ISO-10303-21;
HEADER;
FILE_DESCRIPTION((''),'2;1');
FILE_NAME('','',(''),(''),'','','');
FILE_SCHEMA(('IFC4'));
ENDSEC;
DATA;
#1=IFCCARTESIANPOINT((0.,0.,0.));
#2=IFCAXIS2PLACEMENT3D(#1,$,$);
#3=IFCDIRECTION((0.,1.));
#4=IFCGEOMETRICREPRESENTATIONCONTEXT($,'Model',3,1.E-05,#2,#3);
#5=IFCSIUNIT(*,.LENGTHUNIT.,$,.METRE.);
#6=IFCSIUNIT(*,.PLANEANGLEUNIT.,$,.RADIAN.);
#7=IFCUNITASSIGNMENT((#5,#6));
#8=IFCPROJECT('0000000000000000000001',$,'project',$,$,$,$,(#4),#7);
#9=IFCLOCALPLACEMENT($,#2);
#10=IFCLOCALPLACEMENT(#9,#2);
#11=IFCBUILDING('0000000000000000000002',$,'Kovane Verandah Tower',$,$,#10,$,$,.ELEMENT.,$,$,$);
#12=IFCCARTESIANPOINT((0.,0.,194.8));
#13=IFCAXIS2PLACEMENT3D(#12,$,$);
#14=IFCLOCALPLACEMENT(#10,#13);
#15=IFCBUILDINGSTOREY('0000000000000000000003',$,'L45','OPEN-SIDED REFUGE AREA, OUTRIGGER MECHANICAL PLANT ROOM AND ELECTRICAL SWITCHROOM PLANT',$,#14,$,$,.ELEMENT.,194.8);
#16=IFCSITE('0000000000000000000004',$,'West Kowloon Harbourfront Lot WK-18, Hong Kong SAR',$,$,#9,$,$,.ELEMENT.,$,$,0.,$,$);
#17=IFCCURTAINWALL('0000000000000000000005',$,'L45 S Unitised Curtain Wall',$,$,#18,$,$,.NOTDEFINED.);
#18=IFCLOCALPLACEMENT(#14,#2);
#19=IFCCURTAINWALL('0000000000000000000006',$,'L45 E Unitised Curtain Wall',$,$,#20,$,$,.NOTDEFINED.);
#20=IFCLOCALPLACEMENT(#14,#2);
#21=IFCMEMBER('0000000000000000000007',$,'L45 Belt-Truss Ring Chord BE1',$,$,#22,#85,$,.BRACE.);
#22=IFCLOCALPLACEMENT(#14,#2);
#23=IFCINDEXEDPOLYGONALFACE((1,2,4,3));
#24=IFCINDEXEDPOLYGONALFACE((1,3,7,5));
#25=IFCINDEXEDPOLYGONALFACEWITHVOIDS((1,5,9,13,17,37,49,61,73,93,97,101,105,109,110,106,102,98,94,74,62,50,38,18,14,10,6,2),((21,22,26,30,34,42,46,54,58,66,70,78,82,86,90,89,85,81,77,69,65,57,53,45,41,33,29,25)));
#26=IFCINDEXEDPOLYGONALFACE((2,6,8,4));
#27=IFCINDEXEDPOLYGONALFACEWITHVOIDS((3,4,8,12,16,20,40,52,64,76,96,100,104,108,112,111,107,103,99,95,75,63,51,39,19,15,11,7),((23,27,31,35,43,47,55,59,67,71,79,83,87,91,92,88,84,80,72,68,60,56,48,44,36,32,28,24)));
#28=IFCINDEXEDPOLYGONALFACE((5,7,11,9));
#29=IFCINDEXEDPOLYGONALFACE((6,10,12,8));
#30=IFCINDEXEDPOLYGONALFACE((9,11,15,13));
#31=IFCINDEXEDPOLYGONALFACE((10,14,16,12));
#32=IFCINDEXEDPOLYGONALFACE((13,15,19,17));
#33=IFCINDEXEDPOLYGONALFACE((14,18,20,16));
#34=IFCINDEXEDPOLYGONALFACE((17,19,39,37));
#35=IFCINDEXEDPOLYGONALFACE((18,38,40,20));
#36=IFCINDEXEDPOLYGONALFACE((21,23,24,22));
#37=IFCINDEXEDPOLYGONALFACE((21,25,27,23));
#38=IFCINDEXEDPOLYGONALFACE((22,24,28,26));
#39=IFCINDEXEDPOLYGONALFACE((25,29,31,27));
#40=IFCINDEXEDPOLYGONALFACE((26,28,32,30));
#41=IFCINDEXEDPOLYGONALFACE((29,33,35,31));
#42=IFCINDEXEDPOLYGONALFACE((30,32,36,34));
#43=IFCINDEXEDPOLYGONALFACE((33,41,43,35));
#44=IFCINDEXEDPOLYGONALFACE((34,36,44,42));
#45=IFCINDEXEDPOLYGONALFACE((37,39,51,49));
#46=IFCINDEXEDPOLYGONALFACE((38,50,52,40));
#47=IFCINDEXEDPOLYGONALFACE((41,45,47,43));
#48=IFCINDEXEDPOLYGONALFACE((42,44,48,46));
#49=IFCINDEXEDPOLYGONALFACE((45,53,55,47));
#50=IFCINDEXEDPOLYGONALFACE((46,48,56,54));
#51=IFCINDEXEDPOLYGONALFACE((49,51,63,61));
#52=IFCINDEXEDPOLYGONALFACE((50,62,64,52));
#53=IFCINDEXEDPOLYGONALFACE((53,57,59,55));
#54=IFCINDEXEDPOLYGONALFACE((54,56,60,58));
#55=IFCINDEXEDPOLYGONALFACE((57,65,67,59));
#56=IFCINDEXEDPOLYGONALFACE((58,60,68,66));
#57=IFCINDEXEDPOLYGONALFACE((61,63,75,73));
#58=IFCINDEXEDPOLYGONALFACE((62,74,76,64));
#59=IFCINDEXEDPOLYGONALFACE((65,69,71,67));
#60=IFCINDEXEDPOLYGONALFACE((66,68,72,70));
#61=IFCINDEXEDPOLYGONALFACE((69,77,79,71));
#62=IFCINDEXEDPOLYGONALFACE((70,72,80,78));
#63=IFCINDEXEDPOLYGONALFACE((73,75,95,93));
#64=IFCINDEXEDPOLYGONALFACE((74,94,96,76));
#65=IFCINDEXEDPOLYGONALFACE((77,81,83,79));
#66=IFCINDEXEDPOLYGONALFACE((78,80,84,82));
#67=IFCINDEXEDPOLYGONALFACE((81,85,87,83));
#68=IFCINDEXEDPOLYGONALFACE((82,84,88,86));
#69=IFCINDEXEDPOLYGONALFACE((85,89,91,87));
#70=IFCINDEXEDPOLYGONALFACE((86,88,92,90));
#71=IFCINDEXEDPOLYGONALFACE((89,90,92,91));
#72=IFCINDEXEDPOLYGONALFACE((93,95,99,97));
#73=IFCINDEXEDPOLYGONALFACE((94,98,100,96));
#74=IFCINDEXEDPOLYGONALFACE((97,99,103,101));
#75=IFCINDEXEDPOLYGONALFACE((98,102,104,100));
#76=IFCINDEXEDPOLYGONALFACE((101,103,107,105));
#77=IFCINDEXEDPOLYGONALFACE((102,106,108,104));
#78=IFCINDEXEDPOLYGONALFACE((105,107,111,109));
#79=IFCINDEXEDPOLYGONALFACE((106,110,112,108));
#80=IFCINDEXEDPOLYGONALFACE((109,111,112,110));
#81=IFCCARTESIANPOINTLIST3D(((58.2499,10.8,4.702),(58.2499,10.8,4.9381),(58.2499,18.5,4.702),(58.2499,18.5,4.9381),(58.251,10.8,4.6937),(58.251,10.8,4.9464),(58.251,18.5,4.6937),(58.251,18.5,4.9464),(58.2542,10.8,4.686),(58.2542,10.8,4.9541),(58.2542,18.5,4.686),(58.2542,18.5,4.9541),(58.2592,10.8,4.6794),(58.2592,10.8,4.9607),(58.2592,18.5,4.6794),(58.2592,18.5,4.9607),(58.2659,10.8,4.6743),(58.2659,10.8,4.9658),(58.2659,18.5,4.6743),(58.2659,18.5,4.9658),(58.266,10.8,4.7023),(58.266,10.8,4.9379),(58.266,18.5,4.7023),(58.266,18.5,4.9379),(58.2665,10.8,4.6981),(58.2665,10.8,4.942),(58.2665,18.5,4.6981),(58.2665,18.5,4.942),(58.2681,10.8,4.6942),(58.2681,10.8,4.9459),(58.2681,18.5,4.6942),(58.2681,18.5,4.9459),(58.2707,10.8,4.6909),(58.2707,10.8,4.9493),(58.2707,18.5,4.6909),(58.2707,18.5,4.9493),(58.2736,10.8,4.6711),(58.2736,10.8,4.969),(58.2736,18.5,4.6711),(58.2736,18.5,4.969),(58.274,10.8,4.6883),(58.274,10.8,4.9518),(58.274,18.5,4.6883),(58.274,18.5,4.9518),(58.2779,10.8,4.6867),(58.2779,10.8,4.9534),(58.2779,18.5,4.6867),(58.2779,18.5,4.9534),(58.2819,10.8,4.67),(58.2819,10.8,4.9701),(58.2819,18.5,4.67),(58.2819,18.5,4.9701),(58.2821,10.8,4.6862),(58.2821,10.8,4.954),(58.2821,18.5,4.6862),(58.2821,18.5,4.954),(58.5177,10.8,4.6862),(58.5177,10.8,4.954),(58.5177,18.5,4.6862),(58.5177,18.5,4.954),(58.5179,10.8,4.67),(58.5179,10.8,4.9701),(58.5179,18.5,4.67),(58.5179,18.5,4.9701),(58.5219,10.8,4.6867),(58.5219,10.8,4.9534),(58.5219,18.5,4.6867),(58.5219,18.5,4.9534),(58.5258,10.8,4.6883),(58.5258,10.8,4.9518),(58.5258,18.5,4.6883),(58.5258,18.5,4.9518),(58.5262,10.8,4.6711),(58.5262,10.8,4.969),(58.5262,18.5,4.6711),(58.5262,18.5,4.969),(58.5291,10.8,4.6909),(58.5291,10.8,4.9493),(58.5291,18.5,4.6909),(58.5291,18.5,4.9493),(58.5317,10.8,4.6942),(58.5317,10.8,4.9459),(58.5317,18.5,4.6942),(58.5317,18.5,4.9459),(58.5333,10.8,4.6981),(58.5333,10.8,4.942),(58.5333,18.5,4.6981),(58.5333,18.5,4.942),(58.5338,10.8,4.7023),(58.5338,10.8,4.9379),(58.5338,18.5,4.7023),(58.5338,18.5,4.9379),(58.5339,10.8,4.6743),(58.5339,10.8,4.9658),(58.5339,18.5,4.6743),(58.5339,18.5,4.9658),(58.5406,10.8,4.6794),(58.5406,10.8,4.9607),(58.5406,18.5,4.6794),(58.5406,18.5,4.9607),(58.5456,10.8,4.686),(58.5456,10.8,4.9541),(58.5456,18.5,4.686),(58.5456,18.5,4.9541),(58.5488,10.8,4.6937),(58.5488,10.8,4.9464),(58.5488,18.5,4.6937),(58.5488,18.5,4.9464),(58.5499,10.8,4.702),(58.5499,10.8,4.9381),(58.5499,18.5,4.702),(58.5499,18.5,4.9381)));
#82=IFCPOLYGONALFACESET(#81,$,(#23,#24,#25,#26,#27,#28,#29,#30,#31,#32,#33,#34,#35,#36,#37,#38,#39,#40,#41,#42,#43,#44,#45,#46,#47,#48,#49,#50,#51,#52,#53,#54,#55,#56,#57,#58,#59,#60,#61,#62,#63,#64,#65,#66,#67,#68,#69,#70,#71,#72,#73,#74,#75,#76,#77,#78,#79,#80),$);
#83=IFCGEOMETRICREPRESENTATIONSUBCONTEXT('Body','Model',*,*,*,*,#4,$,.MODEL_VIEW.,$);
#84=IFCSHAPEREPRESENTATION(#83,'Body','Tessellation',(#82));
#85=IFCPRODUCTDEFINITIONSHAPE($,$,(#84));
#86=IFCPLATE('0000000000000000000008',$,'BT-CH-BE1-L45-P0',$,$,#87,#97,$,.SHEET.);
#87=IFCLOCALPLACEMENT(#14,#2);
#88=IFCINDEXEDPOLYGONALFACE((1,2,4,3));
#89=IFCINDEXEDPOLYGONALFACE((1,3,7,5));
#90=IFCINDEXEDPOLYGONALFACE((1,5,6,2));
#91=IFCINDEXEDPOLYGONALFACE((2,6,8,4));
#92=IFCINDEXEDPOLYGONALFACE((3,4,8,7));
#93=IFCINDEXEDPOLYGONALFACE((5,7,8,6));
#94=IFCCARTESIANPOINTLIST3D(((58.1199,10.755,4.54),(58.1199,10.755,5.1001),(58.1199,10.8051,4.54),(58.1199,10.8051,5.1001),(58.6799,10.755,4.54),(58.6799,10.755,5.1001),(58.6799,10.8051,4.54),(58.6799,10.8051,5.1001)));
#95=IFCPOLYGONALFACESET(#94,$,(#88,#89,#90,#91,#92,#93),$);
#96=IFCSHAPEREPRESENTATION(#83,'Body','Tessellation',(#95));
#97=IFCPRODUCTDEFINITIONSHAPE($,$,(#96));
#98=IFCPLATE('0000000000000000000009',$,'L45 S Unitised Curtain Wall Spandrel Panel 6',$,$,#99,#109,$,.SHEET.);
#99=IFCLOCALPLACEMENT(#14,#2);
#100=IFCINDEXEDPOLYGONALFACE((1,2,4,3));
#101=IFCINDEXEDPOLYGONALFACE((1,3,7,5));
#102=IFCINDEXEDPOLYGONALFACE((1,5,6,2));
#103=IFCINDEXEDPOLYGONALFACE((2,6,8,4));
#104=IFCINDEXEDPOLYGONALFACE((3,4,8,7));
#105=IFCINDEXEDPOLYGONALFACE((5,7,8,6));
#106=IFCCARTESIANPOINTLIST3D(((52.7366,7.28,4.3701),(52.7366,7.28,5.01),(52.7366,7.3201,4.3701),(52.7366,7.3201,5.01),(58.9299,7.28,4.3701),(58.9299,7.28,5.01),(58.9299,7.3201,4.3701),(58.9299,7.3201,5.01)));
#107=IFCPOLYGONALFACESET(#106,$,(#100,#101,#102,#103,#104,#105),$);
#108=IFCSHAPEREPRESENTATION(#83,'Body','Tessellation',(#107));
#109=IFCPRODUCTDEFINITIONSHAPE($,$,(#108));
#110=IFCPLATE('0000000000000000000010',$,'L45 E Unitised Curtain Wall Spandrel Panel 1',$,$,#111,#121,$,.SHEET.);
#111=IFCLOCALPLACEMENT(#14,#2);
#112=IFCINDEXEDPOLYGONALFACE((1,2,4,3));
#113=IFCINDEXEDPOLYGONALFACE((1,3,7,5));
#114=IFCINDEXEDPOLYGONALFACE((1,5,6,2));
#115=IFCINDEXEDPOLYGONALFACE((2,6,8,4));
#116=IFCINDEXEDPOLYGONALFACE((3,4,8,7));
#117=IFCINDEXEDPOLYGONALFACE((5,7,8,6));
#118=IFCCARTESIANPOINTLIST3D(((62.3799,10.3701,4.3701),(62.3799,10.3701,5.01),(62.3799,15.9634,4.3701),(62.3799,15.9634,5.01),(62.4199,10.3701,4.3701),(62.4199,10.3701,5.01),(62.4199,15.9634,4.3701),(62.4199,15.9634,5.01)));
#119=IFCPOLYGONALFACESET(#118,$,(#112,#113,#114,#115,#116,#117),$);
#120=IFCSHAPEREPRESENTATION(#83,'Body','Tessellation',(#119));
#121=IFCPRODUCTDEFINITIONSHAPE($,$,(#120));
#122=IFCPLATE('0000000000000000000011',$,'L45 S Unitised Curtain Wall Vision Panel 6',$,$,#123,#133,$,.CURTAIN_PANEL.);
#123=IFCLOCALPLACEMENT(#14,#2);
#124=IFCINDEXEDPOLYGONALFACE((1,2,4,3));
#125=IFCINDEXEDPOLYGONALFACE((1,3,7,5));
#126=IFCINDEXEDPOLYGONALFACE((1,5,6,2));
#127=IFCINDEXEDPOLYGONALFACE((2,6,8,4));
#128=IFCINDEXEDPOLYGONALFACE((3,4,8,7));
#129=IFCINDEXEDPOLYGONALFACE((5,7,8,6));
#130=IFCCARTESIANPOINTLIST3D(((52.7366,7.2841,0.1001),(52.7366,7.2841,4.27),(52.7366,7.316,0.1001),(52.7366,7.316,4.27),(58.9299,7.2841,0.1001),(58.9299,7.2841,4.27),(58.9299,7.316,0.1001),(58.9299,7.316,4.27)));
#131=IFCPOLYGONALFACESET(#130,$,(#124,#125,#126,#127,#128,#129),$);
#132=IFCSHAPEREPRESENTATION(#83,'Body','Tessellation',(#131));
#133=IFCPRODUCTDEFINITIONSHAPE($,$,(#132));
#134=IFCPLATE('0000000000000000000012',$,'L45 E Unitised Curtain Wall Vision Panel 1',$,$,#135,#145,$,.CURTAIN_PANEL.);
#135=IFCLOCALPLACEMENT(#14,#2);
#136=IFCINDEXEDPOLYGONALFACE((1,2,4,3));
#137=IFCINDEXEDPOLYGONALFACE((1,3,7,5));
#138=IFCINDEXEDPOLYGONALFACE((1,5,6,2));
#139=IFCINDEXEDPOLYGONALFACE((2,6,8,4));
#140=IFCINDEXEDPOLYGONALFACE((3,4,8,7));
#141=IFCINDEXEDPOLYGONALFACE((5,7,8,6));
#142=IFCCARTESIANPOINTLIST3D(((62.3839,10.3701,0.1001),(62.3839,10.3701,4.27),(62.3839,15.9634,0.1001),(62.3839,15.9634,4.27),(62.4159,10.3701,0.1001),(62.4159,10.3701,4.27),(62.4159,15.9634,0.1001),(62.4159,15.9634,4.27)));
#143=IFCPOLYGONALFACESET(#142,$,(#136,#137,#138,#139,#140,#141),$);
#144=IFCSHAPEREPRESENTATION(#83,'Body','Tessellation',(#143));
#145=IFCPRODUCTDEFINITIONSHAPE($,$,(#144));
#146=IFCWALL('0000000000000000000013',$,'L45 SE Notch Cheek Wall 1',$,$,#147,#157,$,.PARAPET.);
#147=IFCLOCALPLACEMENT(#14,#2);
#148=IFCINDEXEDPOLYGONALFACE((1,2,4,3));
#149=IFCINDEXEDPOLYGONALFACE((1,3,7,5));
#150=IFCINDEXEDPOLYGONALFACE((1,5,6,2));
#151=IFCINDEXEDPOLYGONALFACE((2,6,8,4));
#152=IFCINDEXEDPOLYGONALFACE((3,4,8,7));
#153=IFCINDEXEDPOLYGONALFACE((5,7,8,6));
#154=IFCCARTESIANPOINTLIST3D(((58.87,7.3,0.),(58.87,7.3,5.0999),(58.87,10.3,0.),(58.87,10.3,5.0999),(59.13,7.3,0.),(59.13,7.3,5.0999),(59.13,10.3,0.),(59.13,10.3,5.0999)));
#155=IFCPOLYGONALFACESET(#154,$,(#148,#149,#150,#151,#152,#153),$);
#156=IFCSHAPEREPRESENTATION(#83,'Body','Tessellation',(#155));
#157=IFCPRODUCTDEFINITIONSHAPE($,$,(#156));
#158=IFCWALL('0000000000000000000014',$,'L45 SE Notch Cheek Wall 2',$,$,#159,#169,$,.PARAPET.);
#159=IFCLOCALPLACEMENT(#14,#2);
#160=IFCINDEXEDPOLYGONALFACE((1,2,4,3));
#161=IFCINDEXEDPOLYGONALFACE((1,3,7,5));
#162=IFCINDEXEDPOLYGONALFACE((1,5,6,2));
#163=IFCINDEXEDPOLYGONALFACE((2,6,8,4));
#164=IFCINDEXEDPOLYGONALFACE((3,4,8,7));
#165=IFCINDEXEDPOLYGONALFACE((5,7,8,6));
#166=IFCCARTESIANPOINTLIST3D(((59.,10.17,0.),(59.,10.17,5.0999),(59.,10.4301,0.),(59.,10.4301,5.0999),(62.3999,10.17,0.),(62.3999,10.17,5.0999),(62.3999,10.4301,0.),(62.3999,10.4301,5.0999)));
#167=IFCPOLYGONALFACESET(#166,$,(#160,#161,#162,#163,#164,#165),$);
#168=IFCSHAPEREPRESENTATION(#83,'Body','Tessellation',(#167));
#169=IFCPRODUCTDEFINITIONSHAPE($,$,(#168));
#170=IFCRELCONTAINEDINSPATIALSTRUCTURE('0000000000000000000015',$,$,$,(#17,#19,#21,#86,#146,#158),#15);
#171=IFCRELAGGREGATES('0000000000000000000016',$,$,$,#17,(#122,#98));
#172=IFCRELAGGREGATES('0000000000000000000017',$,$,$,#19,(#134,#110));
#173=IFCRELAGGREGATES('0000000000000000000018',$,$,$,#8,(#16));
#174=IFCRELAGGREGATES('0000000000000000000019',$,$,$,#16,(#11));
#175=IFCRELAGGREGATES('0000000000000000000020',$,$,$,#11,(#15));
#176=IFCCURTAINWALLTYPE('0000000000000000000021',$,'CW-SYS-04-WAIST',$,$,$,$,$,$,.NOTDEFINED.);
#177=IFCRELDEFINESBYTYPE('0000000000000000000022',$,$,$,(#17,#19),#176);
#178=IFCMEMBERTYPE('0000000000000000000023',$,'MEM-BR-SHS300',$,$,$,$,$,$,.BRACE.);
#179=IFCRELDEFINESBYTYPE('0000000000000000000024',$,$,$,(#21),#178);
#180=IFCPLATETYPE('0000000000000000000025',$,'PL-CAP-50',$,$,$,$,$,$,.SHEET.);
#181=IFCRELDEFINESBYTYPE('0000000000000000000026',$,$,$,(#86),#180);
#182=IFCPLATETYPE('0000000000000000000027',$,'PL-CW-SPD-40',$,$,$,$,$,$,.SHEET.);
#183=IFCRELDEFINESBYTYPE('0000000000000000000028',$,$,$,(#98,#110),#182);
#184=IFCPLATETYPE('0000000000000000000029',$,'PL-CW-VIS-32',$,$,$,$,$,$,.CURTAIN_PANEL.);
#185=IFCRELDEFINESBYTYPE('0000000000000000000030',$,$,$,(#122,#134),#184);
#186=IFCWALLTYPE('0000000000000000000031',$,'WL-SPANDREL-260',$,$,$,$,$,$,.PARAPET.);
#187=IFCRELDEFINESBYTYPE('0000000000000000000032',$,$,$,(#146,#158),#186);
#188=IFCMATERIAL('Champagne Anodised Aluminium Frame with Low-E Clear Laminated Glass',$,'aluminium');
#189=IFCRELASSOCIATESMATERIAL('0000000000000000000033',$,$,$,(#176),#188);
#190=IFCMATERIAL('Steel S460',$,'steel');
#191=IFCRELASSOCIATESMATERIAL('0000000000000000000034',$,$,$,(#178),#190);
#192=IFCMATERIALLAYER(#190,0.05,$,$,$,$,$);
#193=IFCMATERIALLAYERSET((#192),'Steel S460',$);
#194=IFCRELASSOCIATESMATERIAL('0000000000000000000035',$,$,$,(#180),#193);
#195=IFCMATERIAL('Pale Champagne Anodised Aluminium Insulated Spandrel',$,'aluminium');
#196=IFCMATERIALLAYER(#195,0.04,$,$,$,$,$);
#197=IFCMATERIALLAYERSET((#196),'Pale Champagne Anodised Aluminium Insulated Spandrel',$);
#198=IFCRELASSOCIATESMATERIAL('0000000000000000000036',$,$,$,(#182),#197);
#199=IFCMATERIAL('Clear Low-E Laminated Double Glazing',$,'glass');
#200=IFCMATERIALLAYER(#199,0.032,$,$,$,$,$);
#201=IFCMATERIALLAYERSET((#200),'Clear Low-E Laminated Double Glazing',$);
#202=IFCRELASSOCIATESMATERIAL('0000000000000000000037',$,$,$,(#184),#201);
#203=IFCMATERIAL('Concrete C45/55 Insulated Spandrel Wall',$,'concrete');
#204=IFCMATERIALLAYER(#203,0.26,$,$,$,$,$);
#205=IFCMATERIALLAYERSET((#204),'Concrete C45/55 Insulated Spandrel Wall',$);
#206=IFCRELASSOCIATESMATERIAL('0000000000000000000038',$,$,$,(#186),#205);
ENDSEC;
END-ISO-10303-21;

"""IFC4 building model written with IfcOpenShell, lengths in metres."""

from ifc_helpers import new_model, si_unit, direction, frame, frame_2d, origin, origin_2d, place, context, subcontext, project, spatial, rectangle, hollow_rectangle, extrude, material, layer, layer_set, material_profile, profile_set, type_object, element, aggregate, save


model = new_model("IFC4")

# Units and contexts
model_context = context("Model", 3, precision=1e-05, world=origin(), true_north=direction((0.0, 1.0)))
body_context = subcontext(model_context, "Body", "Model", "MODEL_VIEW")
ifc_project = project(units=[si_unit("LENGTHUNIT", "METRE"), si_unit("PLANEANGLEUNIT", "RADIAN")], contexts=[model_context])

# Site, building, storey
site_placement = place(None, origin())
site = spatial("IfcSite", under=ifc_project, at=site_placement, Name="West Kowloon Harbourfront Lot WK-18, Hong Kong SAR", CompositionType="ELEMENT", RefElevation=0.0)
building_placement = place(site_placement, origin())
building = spatial("IfcBuilding", under=site, at=building_placement, Name="Kovane Verandah Tower", CompositionType="ELEMENT")
storey_placement = place(building_placement, frame((0.0, 0.0, 194.8)))
storey = spatial("IfcBuildingStorey", under=building, at=storey_placement, Name="L45", Description="OPEN-SIDED REFUGE AREA, OUTRIGGER MECHANICAL PLANT ROOM AND ELECTRICAL SWITCHROOM PLANT", CompositionType="ELEMENT", Elevation=194.8)

# Shared definitions
ifc_material_1 = material(Name="Steel S460", Category="steel")

# Curtain walls
ifc_material_2 = material(Name="Champagne Anodised Aluminium Frame with Low-E Clear Laminated Glass", Category="aluminium")
curtain_wall_type = type_object("IfcCurtainWallType", Name="CW-SYS-04-WAIST", PredefinedType="NOTDEFINED", material=ifc_material_2)
curtain_wall_1_placement = place(storey_placement, origin())
curtain_wall_1 = element("IfcCurtainWall", 1, at=curtain_wall_1_placement, inside=storey, type_object=curtain_wall_type, Name="L45 S Unitised Curtain Wall", PredefinedType="NOTDEFINED")
curtain_wall_2_placement = place(storey_placement, origin())
curtain_wall_2 = element("IfcCurtainWall", 2, at=curtain_wall_2_placement, inside=storey, type_object=curtain_wall_type, Name="L45 E Unitised Curtain Wall", PredefinedType="NOTDEFINED")

# Member
ifc_material_profile_1 = material_profile(ifc_material_1, hollow_rectangle(XDim=0.3, YDim=0.3, WallThickness=0.0161, InnerFilletRadius=0.0161, OuterFilletRadius=0.032, at=origin_2d()), Name="SHS300x300x16")
ifc_profile_set_1 = profile_set([ifc_material_profile_1], Name="Steel S460")
member_type_1 = type_object("IfcMemberType", Name="MEM-BR-SHS300", PredefinedType="BRACE", material=ifc_profile_set_1)
member_1_placement = place(storey_placement, frame((58.3999, 10.8, 4.8201), z_axis=(0.0, 1.0, 0.0), x_axis=(-1.0, 0.0, 0.0)))
element("IfcMember", 3, at=member_1_placement, inside=storey, type_object=member_type_1, Name="L45 Belt-Truss Ring Chord BE1", PredefinedType="BRACE", context=body_context, shape_type="SweptSolid", body=[
    extrude(hollow_rectangle(XDim=0.3, YDim=0.3, WallThickness=0.0161, InnerFilletRadius=0.0161, OuterFilletRadius=0.032, at=origin_2d()), origin(), (0.0, 0.0, 1.0), 7.7),
])

# Plates
ifc_layer_1 = layer(ifc_material_1, 0.05)
ifc_layer_set_1 = layer_set([ifc_layer_1], Name="Steel S460")
plate_type_1 = type_object("IfcPlateType", Name="PL-CAP-50", PredefinedType="SHEET", material=ifc_layer_set_1)
plate_1_placement = place(storey_placement, frame((58.3999, 10.78, 4.54), z_axis=(0.0, 0.0, 1.0), x_axis=(0.0, 1.0, 0.0)))
element("IfcPlate", 4, at=plate_1_placement, inside=storey, type_object=plate_type_1, Name="BT-CH-BE1-L45-P0", PredefinedType="SHEET", context=body_context, shape_type="SweptSolid", body=[
    extrude(rectangle(XDim=0.05, YDim=0.5601, at=origin_2d()), origin(), (0.0, 0.0, 1.0), 0.5601),
])
ifc_material_3 = material(Name="Pale Champagne Anodised Aluminium Insulated Spandrel", Category="aluminium")
ifc_layer_2 = layer(ifc_material_3, 0.04)
ifc_layer_set_2 = layer_set([ifc_layer_2], Name="Pale Champagne Anodised Aluminium Insulated Spandrel")
plate_type_2 = type_object("IfcPlateType", Name="PL-CW-SPD-40", PredefinedType="SHEET", material=ifc_layer_set_2)
plate_2_placement = place(storey_placement, frame((55.8333, 7.3, 4.3701), z_axis=(0.0, 0.0, 1.0), x_axis=(1.0, 0.0, 0.0)))
plate_2 = element("IfcPlate", 5, at=plate_2_placement, type_object=plate_type_2, Name="L45 S Unitised Curtain Wall Spandrel Panel 6", PredefinedType="SHEET", context=body_context, shape_type="SweptSolid", body=[
    extrude(rectangle(XDim=6.1934, YDim=0.04, at=origin_2d()), origin(), (0.0, 0.0, 1.0), 0.6399),
])
plate_3_placement = place(storey_placement, frame((62.3999, 13.1667, 4.3701), z_axis=(0.0, 0.0, 1.0), x_axis=(0.0, 1.0, 0.0)))
plate_3 = element("IfcPlate", 6, at=plate_3_placement, type_object=plate_type_2, Name="L45 E Unitised Curtain Wall Spandrel Panel 1", PredefinedType="SHEET", context=body_context, shape_type="SweptSolid", body=[
    extrude(rectangle(XDim=5.5933, YDim=0.04, at=origin_2d()), origin(), (0.0, 0.0, 1.0), 0.6399),
])
ifc_material_4 = material(Name="Clear Low-E Laminated Double Glazing", Category="glass")
ifc_layer_3 = layer(ifc_material_4, 0.032)
ifc_layer_set_3 = layer_set([ifc_layer_3], Name="Clear Low-E Laminated Double Glazing")
plate_type_3 = type_object("IfcPlateType", Name="PL-CW-VIS-32", PredefinedType="CURTAIN_PANEL", material=ifc_layer_set_3)
plate_4_placement = place(storey_placement, frame((55.8333, 7.3, 0.1001), z_axis=(0.0, 0.0, 1.0), x_axis=(1.0, 0.0, 0.0)))
plate_4 = element("IfcPlate", 7, at=plate_4_placement, type_object=plate_type_3, Name="L45 S Unitised Curtain Wall Vision Panel 6", PredefinedType="CURTAIN_PANEL", context=body_context, shape_type="SweptSolid", body=[
    extrude(rectangle(XDim=6.1934, YDim=0.032, at=origin_2d()), origin(), (0.0, 0.0, 1.0), 4.1699),
])
aggregate(curtain_wall_1, [plate_4, plate_2])
plate_5_placement = place(storey_placement, frame((62.3999, 13.1667, 0.1001), z_axis=(0.0, 0.0, 1.0), x_axis=(0.0, 1.0, 0.0)))
plate_5 = element("IfcPlate", 8, at=plate_5_placement, type_object=plate_type_3, Name="L45 E Unitised Curtain Wall Vision Panel 1", PredefinedType="CURTAIN_PANEL", context=body_context, shape_type="SweptSolid", body=[
    extrude(rectangle(XDim=5.5933, YDim=0.032, at=origin_2d()), origin(), (0.0, 0.0, 1.0), 4.1699),
])
aggregate(curtain_wall_2, [plate_5, plate_3])

# Walls
ifc_material_5 = material(Name="Concrete C45/55 Insulated Spandrel Wall", Category="concrete")
ifc_layer_4 = layer(ifc_material_5, 0.26)
ifc_layer_set_4 = layer_set([ifc_layer_4], Name="Concrete C45/55 Insulated Spandrel Wall")
wall_type = type_object("IfcWallType", Name="WL-SPANDREL-260", PredefinedType="PARAPET", material=ifc_layer_set_4)
wall_1_placement = place(storey_placement, frame((59.0, 7.3, 0.0), z_axis=(0.0, 0.0, 1.0), x_axis=(0.0, 1.0, 0.0)))
element("IfcWall", 9, at=wall_1_placement, inside=storey, type_object=wall_type, Name="L45 SE Notch Cheek Wall 1", PredefinedType="PARAPET", context=body_context, shape_type="SweptSolid", body=[
    extrude(rectangle(XDim=3.0, YDim=0.26, at=frame_2d((1.5, 0.0))), origin(), (0.0, 0.0, 1.0), 5.0999),
])
wall_2_placement = place(storey_placement, frame((59.0, 10.3, 0.0), z_axis=(0.0, 0.0, 1.0), x_axis=(1.0, 0.0, 0.0)))
element("IfcWall", 10, at=wall_2_placement, inside=storey, type_object=wall_type, Name="L45 SE Notch Cheek Wall 2", PredefinedType="PARAPET", context=body_context, shape_type="SweptSolid", body=[
    extrude(rectangle(XDim=3.3999, YDim=0.26, at=frame_2d((1.7, 0.0))), origin(), (0.0, 0.0, 1.0), 5.0999),
])

save(model, "model.ifc")
